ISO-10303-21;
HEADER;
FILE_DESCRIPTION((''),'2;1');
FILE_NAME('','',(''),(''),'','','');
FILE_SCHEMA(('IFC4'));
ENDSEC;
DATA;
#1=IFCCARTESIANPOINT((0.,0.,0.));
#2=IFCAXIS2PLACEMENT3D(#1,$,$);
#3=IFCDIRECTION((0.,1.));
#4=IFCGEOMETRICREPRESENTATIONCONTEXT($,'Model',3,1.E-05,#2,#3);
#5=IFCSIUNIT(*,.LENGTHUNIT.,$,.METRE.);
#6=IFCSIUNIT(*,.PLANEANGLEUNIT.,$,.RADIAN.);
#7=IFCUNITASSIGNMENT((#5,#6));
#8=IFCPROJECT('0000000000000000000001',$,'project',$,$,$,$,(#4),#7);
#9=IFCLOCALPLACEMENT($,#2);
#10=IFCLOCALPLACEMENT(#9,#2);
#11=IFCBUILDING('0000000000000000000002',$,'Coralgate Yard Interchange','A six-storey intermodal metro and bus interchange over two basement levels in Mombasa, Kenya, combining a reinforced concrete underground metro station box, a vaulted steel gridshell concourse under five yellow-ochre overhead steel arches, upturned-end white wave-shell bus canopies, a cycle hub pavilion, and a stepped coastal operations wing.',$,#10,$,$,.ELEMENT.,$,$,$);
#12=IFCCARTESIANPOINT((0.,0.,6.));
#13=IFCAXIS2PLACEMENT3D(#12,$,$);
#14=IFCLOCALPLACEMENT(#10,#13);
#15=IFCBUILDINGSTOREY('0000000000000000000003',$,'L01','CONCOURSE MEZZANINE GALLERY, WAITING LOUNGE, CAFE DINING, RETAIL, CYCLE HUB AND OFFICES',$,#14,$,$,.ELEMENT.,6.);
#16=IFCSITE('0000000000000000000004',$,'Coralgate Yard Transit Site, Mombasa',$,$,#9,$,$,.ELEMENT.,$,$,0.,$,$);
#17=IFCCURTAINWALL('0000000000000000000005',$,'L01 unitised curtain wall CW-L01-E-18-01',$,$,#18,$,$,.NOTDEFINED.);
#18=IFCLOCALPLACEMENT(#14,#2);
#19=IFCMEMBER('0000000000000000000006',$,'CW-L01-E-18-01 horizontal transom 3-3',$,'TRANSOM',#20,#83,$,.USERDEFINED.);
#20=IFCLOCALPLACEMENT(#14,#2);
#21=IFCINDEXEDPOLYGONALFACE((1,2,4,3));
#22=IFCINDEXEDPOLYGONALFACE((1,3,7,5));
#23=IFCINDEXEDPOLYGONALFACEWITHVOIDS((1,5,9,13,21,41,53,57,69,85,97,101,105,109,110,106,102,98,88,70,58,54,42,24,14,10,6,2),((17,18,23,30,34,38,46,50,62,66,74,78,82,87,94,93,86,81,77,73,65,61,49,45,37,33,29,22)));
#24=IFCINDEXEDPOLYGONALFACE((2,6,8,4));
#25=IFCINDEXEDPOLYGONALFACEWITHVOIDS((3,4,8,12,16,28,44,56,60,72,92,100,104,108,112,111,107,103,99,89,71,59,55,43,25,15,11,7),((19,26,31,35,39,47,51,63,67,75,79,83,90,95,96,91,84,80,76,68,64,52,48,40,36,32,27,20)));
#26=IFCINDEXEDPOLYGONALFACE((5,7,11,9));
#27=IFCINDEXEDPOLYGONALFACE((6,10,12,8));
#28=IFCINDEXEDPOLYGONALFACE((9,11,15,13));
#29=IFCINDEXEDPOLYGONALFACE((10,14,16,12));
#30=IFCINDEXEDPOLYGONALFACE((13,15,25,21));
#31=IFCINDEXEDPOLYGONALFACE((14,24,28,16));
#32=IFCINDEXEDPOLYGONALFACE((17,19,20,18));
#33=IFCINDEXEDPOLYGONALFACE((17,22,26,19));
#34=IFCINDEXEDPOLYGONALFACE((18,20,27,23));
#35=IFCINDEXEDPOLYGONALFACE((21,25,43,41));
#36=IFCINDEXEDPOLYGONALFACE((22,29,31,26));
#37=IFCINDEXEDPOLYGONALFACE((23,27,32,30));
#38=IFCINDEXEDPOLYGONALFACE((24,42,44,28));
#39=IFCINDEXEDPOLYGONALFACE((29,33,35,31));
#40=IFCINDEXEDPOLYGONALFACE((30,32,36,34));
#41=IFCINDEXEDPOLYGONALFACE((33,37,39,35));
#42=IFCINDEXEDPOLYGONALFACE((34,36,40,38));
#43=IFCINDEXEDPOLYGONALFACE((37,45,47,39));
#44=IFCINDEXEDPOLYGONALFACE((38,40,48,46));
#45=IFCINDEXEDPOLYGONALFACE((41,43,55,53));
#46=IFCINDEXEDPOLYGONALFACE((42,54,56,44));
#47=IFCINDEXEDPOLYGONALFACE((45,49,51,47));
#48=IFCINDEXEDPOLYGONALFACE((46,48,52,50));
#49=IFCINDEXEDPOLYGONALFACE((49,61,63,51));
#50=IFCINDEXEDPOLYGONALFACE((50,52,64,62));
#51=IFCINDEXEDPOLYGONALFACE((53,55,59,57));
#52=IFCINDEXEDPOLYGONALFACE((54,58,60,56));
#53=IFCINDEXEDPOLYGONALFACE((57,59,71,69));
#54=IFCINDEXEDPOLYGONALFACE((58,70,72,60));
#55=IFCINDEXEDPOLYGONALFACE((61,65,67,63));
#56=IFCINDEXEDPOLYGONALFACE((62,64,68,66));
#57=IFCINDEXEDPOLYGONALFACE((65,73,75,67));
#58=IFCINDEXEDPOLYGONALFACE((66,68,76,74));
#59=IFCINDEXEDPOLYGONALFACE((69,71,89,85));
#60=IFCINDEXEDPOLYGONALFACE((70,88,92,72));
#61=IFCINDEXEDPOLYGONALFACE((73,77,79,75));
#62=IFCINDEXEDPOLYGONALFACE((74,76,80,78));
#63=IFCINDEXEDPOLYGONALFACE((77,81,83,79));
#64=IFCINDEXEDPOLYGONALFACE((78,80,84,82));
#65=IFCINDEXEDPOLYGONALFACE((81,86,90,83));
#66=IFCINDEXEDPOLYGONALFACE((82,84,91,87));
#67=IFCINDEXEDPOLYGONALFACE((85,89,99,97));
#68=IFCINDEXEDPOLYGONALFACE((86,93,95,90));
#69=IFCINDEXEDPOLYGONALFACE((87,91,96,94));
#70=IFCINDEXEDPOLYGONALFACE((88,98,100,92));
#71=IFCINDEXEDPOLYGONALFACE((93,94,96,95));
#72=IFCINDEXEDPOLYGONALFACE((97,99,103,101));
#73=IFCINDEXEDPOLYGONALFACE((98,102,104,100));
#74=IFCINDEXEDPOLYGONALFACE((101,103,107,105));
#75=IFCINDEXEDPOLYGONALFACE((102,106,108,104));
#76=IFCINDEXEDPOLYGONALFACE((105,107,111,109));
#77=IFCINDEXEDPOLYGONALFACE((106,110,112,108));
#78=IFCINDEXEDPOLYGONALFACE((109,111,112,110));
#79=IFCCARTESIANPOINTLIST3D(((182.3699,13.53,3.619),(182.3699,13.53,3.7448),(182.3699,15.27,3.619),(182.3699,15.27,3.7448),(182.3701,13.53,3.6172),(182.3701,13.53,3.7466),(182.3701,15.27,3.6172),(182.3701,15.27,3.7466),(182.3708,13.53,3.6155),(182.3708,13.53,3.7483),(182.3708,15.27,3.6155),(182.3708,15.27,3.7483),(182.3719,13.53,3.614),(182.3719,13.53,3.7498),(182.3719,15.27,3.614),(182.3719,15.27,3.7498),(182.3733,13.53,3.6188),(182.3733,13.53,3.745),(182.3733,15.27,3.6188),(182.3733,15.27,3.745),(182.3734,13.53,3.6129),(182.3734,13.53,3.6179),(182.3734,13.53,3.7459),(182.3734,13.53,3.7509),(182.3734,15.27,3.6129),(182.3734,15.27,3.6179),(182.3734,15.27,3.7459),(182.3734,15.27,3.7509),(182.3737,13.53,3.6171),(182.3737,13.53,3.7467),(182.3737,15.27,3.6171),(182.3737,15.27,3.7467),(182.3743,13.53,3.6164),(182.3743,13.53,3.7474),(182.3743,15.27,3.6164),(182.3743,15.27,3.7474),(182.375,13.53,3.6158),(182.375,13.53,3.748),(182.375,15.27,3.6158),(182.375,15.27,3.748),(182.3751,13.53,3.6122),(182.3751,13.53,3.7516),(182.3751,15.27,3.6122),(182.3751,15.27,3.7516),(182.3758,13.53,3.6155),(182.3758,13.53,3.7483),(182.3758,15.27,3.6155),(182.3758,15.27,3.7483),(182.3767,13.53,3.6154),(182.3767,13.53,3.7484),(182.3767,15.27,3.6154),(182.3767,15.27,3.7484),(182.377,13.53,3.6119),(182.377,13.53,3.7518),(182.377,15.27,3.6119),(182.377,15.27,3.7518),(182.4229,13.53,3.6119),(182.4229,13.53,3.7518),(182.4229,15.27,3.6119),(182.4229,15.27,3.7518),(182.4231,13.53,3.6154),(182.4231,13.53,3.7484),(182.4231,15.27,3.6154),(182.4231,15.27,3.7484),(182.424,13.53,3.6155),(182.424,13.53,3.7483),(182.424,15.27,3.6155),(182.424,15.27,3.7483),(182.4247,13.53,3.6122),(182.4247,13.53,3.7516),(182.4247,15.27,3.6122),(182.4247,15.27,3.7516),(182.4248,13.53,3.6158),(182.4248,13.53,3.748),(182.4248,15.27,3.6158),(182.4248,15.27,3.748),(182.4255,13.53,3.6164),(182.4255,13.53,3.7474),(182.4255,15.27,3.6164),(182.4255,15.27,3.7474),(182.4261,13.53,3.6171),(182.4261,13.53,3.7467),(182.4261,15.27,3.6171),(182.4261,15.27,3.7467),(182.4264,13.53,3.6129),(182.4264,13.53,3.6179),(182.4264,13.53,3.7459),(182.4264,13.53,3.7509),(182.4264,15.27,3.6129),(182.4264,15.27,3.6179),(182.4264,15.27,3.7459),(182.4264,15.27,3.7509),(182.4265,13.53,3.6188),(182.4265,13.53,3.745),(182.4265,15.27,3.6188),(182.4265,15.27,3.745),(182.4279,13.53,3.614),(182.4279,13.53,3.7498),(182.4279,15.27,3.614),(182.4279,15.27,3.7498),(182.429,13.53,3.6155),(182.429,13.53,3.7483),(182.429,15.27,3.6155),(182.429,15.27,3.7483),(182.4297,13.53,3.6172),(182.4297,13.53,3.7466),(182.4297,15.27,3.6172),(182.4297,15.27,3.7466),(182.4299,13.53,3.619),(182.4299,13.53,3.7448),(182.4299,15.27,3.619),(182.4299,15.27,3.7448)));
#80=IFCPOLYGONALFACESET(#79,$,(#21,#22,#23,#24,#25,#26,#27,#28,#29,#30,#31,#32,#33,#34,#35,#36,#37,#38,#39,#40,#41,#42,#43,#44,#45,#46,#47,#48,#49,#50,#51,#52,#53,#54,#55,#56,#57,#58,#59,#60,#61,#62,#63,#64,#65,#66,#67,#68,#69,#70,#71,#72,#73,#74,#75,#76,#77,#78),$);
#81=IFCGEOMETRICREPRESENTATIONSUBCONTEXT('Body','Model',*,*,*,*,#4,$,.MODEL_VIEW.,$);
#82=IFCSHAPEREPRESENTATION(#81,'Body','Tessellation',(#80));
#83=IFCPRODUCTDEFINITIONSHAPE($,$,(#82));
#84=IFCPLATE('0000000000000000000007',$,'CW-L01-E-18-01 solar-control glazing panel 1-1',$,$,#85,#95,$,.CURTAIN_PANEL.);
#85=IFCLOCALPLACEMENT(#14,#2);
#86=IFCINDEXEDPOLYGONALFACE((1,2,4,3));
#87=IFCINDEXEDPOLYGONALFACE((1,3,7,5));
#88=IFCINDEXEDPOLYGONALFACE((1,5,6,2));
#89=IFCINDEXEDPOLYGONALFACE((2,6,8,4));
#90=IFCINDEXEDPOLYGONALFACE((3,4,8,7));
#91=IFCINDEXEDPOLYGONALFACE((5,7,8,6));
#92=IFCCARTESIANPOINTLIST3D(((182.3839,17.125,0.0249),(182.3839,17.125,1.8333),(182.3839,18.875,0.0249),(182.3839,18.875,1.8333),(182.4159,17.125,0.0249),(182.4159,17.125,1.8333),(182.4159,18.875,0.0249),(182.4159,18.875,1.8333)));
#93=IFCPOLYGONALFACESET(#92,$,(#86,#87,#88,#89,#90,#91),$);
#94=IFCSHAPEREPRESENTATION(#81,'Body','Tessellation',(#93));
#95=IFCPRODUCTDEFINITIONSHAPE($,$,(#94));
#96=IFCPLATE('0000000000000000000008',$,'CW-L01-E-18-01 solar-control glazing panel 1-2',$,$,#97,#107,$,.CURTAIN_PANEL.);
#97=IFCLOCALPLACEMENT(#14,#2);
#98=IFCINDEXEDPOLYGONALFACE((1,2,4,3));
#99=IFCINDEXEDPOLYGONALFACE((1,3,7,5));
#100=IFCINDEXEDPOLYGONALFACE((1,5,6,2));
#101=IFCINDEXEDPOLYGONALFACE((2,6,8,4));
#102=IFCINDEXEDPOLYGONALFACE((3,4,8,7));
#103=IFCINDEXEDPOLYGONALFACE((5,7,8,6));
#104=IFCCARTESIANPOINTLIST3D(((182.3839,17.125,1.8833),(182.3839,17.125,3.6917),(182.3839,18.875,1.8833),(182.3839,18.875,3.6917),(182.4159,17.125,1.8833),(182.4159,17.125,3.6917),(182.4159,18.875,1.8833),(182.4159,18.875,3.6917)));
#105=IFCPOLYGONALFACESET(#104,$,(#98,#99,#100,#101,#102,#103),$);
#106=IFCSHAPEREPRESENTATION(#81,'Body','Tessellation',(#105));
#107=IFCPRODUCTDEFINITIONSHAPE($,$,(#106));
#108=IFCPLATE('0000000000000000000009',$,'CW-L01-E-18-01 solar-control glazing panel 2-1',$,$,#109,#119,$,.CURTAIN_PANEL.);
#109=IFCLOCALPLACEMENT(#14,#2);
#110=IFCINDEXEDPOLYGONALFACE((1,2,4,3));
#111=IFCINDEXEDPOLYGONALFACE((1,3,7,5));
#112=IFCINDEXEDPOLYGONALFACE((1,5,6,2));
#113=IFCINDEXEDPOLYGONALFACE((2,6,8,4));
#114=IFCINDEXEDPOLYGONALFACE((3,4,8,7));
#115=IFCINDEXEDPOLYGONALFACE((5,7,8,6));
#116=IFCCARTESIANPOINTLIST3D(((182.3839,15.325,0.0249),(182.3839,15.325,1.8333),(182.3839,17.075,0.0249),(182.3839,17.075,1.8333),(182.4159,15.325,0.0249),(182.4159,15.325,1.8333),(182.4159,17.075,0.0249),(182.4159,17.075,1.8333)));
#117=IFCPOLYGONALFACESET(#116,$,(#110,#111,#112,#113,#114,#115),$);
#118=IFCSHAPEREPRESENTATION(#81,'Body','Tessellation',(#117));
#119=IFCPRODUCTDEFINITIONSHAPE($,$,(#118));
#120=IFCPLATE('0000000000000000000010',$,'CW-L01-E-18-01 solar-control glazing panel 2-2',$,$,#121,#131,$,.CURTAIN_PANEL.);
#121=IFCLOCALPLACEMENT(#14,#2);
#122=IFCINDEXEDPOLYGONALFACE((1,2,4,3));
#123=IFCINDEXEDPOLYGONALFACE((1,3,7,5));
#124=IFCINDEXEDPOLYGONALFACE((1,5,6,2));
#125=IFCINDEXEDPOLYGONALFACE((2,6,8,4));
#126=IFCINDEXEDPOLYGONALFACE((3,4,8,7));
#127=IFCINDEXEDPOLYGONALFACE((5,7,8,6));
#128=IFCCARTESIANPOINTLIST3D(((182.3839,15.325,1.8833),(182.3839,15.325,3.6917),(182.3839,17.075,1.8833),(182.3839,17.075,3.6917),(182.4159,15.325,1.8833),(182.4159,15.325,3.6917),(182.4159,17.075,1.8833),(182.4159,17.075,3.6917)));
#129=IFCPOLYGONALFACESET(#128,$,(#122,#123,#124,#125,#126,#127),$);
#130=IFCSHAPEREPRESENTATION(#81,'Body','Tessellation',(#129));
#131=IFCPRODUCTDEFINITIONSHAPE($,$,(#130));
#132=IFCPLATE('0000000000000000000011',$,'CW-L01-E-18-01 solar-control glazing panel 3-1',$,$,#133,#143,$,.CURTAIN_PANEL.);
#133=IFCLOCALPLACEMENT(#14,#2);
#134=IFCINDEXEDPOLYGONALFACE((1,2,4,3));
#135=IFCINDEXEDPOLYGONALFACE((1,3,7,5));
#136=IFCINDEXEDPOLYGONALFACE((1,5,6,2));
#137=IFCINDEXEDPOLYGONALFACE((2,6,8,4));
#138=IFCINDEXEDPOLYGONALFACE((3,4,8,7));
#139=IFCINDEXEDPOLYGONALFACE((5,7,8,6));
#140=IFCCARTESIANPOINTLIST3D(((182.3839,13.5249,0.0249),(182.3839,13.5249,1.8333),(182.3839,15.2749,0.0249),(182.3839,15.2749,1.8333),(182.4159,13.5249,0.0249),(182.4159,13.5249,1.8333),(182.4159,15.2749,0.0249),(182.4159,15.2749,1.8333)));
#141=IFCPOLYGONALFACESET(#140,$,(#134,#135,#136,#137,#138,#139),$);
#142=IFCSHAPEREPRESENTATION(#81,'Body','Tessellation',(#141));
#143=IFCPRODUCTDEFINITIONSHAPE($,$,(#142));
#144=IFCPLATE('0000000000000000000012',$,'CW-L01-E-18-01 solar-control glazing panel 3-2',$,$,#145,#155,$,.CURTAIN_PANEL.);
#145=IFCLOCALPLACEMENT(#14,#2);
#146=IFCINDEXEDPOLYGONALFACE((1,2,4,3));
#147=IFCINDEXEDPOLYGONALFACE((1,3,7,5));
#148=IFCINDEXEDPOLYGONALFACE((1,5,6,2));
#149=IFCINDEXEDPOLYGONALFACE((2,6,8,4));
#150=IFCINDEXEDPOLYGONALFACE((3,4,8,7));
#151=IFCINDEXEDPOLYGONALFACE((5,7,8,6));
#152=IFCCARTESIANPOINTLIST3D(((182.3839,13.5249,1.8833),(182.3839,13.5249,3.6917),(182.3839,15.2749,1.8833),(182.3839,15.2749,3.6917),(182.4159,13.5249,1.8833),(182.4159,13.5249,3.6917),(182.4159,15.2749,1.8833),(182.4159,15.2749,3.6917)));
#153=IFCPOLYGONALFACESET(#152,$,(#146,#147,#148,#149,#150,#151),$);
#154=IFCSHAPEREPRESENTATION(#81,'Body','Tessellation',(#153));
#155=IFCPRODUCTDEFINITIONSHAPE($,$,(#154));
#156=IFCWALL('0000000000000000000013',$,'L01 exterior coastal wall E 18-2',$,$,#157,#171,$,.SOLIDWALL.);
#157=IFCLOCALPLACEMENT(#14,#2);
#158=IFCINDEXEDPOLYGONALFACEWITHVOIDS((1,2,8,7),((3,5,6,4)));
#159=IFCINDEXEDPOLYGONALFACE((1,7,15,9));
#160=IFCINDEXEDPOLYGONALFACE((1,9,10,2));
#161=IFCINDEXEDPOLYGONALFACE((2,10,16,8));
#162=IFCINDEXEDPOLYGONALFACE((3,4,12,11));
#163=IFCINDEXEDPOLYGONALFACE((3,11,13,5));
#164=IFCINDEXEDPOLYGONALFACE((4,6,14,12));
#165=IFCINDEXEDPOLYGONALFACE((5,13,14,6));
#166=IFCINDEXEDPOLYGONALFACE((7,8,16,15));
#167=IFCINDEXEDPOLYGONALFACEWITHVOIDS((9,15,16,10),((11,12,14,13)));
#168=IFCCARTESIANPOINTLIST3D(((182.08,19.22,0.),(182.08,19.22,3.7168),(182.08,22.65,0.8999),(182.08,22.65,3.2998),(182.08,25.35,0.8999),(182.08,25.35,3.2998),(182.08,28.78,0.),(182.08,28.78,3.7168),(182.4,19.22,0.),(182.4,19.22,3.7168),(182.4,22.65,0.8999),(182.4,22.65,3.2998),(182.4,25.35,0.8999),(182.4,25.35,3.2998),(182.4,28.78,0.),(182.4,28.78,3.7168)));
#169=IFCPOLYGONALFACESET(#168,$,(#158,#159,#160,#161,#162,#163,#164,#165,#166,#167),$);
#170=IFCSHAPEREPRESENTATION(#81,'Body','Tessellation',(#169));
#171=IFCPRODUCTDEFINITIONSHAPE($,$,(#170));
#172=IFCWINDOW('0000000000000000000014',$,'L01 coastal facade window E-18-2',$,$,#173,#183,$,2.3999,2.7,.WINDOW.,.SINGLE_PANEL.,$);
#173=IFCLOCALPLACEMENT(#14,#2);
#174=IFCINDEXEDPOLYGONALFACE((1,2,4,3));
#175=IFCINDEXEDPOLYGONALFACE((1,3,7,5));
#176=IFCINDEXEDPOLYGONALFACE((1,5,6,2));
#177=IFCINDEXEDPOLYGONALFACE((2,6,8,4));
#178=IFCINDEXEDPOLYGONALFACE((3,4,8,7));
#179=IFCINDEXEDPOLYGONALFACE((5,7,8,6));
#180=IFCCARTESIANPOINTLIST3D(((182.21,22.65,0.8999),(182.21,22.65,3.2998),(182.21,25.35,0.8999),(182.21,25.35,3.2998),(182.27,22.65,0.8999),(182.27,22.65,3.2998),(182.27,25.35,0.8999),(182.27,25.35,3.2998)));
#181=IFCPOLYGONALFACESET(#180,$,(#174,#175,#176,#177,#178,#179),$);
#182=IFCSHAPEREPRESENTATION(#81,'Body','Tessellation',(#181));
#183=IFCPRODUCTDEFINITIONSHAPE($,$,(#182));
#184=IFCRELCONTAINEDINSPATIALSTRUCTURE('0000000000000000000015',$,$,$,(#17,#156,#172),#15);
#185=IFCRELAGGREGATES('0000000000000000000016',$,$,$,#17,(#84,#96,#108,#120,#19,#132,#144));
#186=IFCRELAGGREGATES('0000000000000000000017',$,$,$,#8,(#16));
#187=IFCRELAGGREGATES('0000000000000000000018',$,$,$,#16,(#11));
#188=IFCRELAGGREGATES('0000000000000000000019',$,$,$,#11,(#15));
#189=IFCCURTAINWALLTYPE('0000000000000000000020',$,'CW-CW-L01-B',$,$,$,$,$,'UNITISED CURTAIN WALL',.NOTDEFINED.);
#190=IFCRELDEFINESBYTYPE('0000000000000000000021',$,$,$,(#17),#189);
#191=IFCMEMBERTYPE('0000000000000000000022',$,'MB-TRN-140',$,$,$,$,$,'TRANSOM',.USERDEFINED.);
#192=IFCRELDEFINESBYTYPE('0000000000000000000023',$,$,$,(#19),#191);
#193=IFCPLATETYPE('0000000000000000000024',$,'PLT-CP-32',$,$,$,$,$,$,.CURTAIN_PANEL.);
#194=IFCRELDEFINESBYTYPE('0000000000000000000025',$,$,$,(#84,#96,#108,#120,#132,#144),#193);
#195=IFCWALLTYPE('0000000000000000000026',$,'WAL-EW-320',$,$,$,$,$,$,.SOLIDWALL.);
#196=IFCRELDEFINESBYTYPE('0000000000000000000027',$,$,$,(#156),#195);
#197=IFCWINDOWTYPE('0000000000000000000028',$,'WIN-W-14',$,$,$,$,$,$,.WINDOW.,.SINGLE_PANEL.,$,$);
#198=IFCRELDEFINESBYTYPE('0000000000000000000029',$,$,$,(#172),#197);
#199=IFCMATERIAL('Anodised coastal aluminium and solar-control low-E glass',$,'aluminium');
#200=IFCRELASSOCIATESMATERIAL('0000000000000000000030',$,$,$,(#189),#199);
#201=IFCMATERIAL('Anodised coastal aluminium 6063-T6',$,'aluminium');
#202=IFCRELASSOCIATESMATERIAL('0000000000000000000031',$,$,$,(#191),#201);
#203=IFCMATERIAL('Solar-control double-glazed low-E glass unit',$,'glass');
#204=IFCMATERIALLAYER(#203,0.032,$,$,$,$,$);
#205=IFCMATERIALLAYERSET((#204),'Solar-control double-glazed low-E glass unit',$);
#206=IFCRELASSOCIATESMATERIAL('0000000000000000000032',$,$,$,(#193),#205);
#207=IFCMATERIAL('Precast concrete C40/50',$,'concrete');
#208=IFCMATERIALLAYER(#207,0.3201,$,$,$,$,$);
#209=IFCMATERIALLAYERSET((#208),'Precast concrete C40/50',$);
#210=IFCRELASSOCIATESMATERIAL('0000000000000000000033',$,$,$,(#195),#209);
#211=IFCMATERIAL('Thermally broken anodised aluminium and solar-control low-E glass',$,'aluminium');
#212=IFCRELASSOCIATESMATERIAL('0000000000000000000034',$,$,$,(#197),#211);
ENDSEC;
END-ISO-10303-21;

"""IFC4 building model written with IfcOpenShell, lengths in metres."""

from ifc_helpers import new_model, si_unit, direction, frame, frame_2d, origin, origin_2d, place, context, subcontext, project, spatial, rectangle, hollow_rectangle, extrude, material, layer, layer_set, material_profile, profile_set, type_object, element, fill, aggregate, save


model = new_model("IFC4")

# Units and contexts
model_context = context("Model", 3, precision=1e-05, world=origin(), true_north=direction((0.0, 1.0)))
body_context = subcontext(model_context, "Body", "Model", "MODEL_VIEW")
ifc_project = project(units=[si_unit("LENGTHUNIT", "METRE"), si_unit("PLANEANGLEUNIT", "RADIAN")], contexts=[model_context])

# Site, building, storey
site_placement = place(None, origin())
site = spatial("IfcSite", under=ifc_project, at=site_placement, Name="Coralgate Yard Transit Site, Mombasa", CompositionType="ELEMENT", RefElevation=0.0)
building_placement = place(site_placement, origin())
building = spatial("IfcBuilding", under=site, at=building_placement, Name="Coralgate Yard Interchange", Description="A six-storey intermodal metro and bus interchange over two basement levels in Mombasa, Kenya, combining a reinforced concrete underground metro station box, a vaulted steel gridshell concourse under five yellow-ochre overhead steel arches, upturned-end white wave-shell bus canopies, a cycle hub pavilion, and a stepped coastal operations wing.", CompositionType="ELEMENT")
storey_placement = place(building_placement, frame((0.0, 0.0, 6.0)))
storey = spatial("IfcBuildingStorey", under=building, at=storey_placement, Name="L01", Description="CONCOURSE MEZZANINE GALLERY, WAITING LOUNGE, CAFE DINING, RETAIL, CYCLE HUB AND OFFICES", CompositionType="ELEMENT", Elevation=6.0)

# Curtain wall, member, plates
ifc_material_1 = material(Name="Anodised coastal aluminium and solar-control low-E glass", Category="aluminium")
curtain_wall_type = type_object("IfcCurtainWallType", Name="CW-CW-L01-B", ElementType="UNITISED CURTAIN WALL", PredefinedType="NOTDEFINED", material=ifc_material_1)
curtain_wall_placement = place(storey_placement, origin())
curtain_wall = element("IfcCurtainWall", 1, at=curtain_wall_placement, inside=storey, type_object=curtain_wall_type, Name="L01 unitised curtain wall CW-L01-E-18-01", PredefinedType="NOTDEFINED")
ifc_material_2 = material(Name="Anodised coastal aluminium 6063-T6", Category="aluminium")
ifc_material_profile_1 = material_profile(ifc_material_2, hollow_rectangle(XDim=0.0601, YDim=0.1399, WallThickness=0.0034, InnerFilletRadius=0.0034, OuterFilletRadius=0.0071, at=origin_2d()), Name="ALU 60x140x3.5")
ifc_profile_set_1 = profile_set([ifc_material_profile_1], Name="Anodised coastal aluminium 6063-T6")
member_type_1 = type_object("IfcMemberType", Name="MB-TRN-140", ElementType="TRANSOM", PredefinedType="USERDEFINED", material=ifc_profile_set_1)
member_1_placement = place(storey_placement, frame((182.3999, 15.27, 3.6819), z_axis=(0.0, -1.0, 0.0), x_axis=(1.0, 0.0, 0.0)))
member_1 = element("IfcMember", 2, at=member_1_placement, type_object=member_type_1, Name="CW-L01-E-18-01 horizontal transom 3-3", ObjectType="TRANSOM", PredefinedType="USERDEFINED", context=body_context, shape_type="SweptSolid", body=[
    extrude(hollow_rectangle(XDim=0.0601, YDim=0.1399, WallThickness=0.0034, InnerFilletRadius=0.0034, OuterFilletRadius=0.0071, at=origin_2d()), origin(), (0.0, 0.0, 1.0), 1.74),
])
ifc_material_3 = material(Name="Solar-control double-glazed low-E glass unit", Category="glass")
ifc_layer_1 = layer(ifc_material_3, 0.032)
ifc_layer_set_1 = layer_set([ifc_layer_1], Name="Solar-control double-glazed low-E glass unit")
plate_type = type_object("IfcPlateType", Name="PLT-CP-32", PredefinedType="CURTAIN_PANEL", material=ifc_layer_set_1)
plate_1_placement = place(storey_placement, frame((182.3999, 18.0, 0.0249), z_axis=(0.0, 0.0, 1.0), x_axis=(0.0, -1.0, 0.0)))
plate_1 = element("IfcPlate", 3, at=plate_1_placement, type_object=plate_type, Name="CW-L01-E-18-01 solar-control glazing panel 1-1", PredefinedType="CURTAIN_PANEL", context=body_context, shape_type="SweptSolid", body=[
    extrude(rectangle(XDim=1.75, YDim=0.032, at=origin_2d()), origin(), (0.0, 0.0, 1.0), 1.8083),
])
plate_2_placement = place(storey_placement, frame((182.3999, 18.0, 1.8833), z_axis=(0.0, 0.0, 1.0), x_axis=(0.0, -1.0, 0.0)))
plate_2 = element("IfcPlate", 4, at=plate_2_placement, type_object=plate_type, Name="CW-L01-E-18-01 solar-control glazing panel 1-2", PredefinedType="CURTAIN_PANEL", context=body_context, shape_type="SweptSolid", body=[
    extrude(rectangle(XDim=1.75, YDim=0.032, at=origin_2d()), origin(), (0.0, 0.0, 1.0), 1.8083),
])
plate_3_placement = place(storey_placement, frame((182.3999, 16.2, 0.0249), z_axis=(0.0, 0.0, 1.0), x_axis=(0.0, -1.0, 0.0)))
plate_3 = element("IfcPlate", 5, at=plate_3_placement, type_object=plate_type, Name="CW-L01-E-18-01 solar-control glazing panel 2-1", PredefinedType="CURTAIN_PANEL", context=body_context, shape_type="SweptSolid", body=[
    extrude(rectangle(XDim=1.75, YDim=0.032, at=origin_2d()), origin(), (0.0, 0.0, 1.0), 1.8083),
])
plate_4_placement = place(storey_placement, frame((182.3999, 16.2, 1.8833), z_axis=(0.0, 0.0, 1.0), x_axis=(0.0, -1.0, 0.0)))
plate_4 = element("IfcPlate", 6, at=plate_4_placement, type_object=plate_type, Name="CW-L01-E-18-01 solar-control glazing panel 2-2", PredefinedType="CURTAIN_PANEL", context=body_context, shape_type="SweptSolid", body=[
    extrude(rectangle(XDim=1.75, YDim=0.032, at=origin_2d()), origin(), (0.0, 0.0, 1.0), 1.8083),
])
plate_5_placement = place(storey_placement, frame((182.3999, 14.3999, 0.0249), z_axis=(0.0, 0.0, 1.0), x_axis=(0.0, -1.0, 0.0)))
plate_5 = element("IfcPlate", 7, at=plate_5_placement, type_object=plate_type, Name="CW-L01-E-18-01 solar-control glazing panel 3-1", PredefinedType="CURTAIN_PANEL", context=body_context, shape_type="SweptSolid", body=[
    extrude(rectangle(XDim=1.75, YDim=0.032, at=origin_2d()), origin(), (0.0, 0.0, 1.0), 1.8083),
])
plate_6_placement = place(storey_placement, frame((182.3999, 14.3999, 1.8833), z_axis=(0.0, 0.0, 1.0), x_axis=(0.0, -1.0, 0.0)))
plate_6 = element("IfcPlate", 8, at=plate_6_placement, type_object=plate_type, Name="CW-L01-E-18-01 solar-control glazing panel 3-2", PredefinedType="CURTAIN_PANEL", context=body_context, shape_type="SweptSolid", body=[
    extrude(rectangle(XDim=1.75, YDim=0.032, at=origin_2d()), origin(), (0.0, 0.0, 1.0), 1.8083),
])
aggregate(curtain_wall, [plate_1, plate_2, plate_3, plate_4, member_1, plate_5, plate_6])

# Wall, opening, window
ifc_material_4 = material(Name="Precast concrete C40/50", Category="concrete")
ifc_layer_2 = layer(ifc_material_4, 0.3201)
ifc_layer_set_2 = layer_set([ifc_layer_2], Name="Precast concrete C40/50")
wall_type_1 = type_object("IfcWallType", Name="WAL-EW-320", PredefinedType="SOLIDWALL", material=ifc_layer_set_2)
wall_1_placement = place(storey_placement, frame((182.24, 28.78, 0.0), z_axis=(0.0, 0.0, 1.0), x_axis=(0.0, -1.0, 0.0)))
wall_1 = element("IfcWall", 9, at=wall_1_placement, inside=storey, type_object=wall_type_1, Name="L01 exterior coastal wall E 18-2", PredefinedType="SOLIDWALL", context=body_context, shape_type="SweptSolid", body=[
    extrude(rectangle(XDim=9.5601, YDim=0.3201, at=frame_2d((4.78, 0.0))), origin(), (0.0, 0.0, 1.0), 3.7168),
])
opening_placement = place(wall_1_placement, frame((3.4299, 0.0, 0.8999)))
opening = element("IfcOpeningElement", 10, at=opening_placement, cuts=wall_1, PredefinedType="OPENING", context=body_context, shape_type="SweptSolid", body=[
    extrude(rectangle(XDim=2.7, YDim=2.3999, at=frame_2d((1.3501, 1.2))), frame((0.0, 0.1699, 0.0), z_axis=(0.0, -1.0, 0.0), x_axis=(1.0, 0.0, 0.0)), (0.0, 0.0, 1.0), 0.3401),
])
ifc_material_5 = material(Name="Thermally broken anodised aluminium and solar-control low-E glass", Category="aluminium")
window_type = type_object("IfcWindowType", Name="WIN-W-14", PartitioningType="SINGLE_PANEL", PredefinedType="WINDOW", material=ifc_material_5)
window_placement = place(opening_placement, origin())
window = element("IfcWindow", 11, at=window_placement, inside=storey, type_object=window_type, Name="L01 coastal facade window E-18-2", OverallHeight=2.3999, OverallWidth=2.7, PartitioningType="SINGLE_PANEL", PredefinedType="WINDOW", context=body_context, shape_type="SweptSolid", body=[
    extrude(rectangle(XDim=2.7, YDim=2.3999, at=frame_2d((1.3501, 1.2))), frame((0.0, 0.03, 0.0), z_axis=(0.0, -1.0, 0.0), x_axis=(1.0, 0.0, 0.0)), (0.0, 0.0, 1.0), 0.0601),
])
fill(opening, window)

save(model, "model.ifc")
